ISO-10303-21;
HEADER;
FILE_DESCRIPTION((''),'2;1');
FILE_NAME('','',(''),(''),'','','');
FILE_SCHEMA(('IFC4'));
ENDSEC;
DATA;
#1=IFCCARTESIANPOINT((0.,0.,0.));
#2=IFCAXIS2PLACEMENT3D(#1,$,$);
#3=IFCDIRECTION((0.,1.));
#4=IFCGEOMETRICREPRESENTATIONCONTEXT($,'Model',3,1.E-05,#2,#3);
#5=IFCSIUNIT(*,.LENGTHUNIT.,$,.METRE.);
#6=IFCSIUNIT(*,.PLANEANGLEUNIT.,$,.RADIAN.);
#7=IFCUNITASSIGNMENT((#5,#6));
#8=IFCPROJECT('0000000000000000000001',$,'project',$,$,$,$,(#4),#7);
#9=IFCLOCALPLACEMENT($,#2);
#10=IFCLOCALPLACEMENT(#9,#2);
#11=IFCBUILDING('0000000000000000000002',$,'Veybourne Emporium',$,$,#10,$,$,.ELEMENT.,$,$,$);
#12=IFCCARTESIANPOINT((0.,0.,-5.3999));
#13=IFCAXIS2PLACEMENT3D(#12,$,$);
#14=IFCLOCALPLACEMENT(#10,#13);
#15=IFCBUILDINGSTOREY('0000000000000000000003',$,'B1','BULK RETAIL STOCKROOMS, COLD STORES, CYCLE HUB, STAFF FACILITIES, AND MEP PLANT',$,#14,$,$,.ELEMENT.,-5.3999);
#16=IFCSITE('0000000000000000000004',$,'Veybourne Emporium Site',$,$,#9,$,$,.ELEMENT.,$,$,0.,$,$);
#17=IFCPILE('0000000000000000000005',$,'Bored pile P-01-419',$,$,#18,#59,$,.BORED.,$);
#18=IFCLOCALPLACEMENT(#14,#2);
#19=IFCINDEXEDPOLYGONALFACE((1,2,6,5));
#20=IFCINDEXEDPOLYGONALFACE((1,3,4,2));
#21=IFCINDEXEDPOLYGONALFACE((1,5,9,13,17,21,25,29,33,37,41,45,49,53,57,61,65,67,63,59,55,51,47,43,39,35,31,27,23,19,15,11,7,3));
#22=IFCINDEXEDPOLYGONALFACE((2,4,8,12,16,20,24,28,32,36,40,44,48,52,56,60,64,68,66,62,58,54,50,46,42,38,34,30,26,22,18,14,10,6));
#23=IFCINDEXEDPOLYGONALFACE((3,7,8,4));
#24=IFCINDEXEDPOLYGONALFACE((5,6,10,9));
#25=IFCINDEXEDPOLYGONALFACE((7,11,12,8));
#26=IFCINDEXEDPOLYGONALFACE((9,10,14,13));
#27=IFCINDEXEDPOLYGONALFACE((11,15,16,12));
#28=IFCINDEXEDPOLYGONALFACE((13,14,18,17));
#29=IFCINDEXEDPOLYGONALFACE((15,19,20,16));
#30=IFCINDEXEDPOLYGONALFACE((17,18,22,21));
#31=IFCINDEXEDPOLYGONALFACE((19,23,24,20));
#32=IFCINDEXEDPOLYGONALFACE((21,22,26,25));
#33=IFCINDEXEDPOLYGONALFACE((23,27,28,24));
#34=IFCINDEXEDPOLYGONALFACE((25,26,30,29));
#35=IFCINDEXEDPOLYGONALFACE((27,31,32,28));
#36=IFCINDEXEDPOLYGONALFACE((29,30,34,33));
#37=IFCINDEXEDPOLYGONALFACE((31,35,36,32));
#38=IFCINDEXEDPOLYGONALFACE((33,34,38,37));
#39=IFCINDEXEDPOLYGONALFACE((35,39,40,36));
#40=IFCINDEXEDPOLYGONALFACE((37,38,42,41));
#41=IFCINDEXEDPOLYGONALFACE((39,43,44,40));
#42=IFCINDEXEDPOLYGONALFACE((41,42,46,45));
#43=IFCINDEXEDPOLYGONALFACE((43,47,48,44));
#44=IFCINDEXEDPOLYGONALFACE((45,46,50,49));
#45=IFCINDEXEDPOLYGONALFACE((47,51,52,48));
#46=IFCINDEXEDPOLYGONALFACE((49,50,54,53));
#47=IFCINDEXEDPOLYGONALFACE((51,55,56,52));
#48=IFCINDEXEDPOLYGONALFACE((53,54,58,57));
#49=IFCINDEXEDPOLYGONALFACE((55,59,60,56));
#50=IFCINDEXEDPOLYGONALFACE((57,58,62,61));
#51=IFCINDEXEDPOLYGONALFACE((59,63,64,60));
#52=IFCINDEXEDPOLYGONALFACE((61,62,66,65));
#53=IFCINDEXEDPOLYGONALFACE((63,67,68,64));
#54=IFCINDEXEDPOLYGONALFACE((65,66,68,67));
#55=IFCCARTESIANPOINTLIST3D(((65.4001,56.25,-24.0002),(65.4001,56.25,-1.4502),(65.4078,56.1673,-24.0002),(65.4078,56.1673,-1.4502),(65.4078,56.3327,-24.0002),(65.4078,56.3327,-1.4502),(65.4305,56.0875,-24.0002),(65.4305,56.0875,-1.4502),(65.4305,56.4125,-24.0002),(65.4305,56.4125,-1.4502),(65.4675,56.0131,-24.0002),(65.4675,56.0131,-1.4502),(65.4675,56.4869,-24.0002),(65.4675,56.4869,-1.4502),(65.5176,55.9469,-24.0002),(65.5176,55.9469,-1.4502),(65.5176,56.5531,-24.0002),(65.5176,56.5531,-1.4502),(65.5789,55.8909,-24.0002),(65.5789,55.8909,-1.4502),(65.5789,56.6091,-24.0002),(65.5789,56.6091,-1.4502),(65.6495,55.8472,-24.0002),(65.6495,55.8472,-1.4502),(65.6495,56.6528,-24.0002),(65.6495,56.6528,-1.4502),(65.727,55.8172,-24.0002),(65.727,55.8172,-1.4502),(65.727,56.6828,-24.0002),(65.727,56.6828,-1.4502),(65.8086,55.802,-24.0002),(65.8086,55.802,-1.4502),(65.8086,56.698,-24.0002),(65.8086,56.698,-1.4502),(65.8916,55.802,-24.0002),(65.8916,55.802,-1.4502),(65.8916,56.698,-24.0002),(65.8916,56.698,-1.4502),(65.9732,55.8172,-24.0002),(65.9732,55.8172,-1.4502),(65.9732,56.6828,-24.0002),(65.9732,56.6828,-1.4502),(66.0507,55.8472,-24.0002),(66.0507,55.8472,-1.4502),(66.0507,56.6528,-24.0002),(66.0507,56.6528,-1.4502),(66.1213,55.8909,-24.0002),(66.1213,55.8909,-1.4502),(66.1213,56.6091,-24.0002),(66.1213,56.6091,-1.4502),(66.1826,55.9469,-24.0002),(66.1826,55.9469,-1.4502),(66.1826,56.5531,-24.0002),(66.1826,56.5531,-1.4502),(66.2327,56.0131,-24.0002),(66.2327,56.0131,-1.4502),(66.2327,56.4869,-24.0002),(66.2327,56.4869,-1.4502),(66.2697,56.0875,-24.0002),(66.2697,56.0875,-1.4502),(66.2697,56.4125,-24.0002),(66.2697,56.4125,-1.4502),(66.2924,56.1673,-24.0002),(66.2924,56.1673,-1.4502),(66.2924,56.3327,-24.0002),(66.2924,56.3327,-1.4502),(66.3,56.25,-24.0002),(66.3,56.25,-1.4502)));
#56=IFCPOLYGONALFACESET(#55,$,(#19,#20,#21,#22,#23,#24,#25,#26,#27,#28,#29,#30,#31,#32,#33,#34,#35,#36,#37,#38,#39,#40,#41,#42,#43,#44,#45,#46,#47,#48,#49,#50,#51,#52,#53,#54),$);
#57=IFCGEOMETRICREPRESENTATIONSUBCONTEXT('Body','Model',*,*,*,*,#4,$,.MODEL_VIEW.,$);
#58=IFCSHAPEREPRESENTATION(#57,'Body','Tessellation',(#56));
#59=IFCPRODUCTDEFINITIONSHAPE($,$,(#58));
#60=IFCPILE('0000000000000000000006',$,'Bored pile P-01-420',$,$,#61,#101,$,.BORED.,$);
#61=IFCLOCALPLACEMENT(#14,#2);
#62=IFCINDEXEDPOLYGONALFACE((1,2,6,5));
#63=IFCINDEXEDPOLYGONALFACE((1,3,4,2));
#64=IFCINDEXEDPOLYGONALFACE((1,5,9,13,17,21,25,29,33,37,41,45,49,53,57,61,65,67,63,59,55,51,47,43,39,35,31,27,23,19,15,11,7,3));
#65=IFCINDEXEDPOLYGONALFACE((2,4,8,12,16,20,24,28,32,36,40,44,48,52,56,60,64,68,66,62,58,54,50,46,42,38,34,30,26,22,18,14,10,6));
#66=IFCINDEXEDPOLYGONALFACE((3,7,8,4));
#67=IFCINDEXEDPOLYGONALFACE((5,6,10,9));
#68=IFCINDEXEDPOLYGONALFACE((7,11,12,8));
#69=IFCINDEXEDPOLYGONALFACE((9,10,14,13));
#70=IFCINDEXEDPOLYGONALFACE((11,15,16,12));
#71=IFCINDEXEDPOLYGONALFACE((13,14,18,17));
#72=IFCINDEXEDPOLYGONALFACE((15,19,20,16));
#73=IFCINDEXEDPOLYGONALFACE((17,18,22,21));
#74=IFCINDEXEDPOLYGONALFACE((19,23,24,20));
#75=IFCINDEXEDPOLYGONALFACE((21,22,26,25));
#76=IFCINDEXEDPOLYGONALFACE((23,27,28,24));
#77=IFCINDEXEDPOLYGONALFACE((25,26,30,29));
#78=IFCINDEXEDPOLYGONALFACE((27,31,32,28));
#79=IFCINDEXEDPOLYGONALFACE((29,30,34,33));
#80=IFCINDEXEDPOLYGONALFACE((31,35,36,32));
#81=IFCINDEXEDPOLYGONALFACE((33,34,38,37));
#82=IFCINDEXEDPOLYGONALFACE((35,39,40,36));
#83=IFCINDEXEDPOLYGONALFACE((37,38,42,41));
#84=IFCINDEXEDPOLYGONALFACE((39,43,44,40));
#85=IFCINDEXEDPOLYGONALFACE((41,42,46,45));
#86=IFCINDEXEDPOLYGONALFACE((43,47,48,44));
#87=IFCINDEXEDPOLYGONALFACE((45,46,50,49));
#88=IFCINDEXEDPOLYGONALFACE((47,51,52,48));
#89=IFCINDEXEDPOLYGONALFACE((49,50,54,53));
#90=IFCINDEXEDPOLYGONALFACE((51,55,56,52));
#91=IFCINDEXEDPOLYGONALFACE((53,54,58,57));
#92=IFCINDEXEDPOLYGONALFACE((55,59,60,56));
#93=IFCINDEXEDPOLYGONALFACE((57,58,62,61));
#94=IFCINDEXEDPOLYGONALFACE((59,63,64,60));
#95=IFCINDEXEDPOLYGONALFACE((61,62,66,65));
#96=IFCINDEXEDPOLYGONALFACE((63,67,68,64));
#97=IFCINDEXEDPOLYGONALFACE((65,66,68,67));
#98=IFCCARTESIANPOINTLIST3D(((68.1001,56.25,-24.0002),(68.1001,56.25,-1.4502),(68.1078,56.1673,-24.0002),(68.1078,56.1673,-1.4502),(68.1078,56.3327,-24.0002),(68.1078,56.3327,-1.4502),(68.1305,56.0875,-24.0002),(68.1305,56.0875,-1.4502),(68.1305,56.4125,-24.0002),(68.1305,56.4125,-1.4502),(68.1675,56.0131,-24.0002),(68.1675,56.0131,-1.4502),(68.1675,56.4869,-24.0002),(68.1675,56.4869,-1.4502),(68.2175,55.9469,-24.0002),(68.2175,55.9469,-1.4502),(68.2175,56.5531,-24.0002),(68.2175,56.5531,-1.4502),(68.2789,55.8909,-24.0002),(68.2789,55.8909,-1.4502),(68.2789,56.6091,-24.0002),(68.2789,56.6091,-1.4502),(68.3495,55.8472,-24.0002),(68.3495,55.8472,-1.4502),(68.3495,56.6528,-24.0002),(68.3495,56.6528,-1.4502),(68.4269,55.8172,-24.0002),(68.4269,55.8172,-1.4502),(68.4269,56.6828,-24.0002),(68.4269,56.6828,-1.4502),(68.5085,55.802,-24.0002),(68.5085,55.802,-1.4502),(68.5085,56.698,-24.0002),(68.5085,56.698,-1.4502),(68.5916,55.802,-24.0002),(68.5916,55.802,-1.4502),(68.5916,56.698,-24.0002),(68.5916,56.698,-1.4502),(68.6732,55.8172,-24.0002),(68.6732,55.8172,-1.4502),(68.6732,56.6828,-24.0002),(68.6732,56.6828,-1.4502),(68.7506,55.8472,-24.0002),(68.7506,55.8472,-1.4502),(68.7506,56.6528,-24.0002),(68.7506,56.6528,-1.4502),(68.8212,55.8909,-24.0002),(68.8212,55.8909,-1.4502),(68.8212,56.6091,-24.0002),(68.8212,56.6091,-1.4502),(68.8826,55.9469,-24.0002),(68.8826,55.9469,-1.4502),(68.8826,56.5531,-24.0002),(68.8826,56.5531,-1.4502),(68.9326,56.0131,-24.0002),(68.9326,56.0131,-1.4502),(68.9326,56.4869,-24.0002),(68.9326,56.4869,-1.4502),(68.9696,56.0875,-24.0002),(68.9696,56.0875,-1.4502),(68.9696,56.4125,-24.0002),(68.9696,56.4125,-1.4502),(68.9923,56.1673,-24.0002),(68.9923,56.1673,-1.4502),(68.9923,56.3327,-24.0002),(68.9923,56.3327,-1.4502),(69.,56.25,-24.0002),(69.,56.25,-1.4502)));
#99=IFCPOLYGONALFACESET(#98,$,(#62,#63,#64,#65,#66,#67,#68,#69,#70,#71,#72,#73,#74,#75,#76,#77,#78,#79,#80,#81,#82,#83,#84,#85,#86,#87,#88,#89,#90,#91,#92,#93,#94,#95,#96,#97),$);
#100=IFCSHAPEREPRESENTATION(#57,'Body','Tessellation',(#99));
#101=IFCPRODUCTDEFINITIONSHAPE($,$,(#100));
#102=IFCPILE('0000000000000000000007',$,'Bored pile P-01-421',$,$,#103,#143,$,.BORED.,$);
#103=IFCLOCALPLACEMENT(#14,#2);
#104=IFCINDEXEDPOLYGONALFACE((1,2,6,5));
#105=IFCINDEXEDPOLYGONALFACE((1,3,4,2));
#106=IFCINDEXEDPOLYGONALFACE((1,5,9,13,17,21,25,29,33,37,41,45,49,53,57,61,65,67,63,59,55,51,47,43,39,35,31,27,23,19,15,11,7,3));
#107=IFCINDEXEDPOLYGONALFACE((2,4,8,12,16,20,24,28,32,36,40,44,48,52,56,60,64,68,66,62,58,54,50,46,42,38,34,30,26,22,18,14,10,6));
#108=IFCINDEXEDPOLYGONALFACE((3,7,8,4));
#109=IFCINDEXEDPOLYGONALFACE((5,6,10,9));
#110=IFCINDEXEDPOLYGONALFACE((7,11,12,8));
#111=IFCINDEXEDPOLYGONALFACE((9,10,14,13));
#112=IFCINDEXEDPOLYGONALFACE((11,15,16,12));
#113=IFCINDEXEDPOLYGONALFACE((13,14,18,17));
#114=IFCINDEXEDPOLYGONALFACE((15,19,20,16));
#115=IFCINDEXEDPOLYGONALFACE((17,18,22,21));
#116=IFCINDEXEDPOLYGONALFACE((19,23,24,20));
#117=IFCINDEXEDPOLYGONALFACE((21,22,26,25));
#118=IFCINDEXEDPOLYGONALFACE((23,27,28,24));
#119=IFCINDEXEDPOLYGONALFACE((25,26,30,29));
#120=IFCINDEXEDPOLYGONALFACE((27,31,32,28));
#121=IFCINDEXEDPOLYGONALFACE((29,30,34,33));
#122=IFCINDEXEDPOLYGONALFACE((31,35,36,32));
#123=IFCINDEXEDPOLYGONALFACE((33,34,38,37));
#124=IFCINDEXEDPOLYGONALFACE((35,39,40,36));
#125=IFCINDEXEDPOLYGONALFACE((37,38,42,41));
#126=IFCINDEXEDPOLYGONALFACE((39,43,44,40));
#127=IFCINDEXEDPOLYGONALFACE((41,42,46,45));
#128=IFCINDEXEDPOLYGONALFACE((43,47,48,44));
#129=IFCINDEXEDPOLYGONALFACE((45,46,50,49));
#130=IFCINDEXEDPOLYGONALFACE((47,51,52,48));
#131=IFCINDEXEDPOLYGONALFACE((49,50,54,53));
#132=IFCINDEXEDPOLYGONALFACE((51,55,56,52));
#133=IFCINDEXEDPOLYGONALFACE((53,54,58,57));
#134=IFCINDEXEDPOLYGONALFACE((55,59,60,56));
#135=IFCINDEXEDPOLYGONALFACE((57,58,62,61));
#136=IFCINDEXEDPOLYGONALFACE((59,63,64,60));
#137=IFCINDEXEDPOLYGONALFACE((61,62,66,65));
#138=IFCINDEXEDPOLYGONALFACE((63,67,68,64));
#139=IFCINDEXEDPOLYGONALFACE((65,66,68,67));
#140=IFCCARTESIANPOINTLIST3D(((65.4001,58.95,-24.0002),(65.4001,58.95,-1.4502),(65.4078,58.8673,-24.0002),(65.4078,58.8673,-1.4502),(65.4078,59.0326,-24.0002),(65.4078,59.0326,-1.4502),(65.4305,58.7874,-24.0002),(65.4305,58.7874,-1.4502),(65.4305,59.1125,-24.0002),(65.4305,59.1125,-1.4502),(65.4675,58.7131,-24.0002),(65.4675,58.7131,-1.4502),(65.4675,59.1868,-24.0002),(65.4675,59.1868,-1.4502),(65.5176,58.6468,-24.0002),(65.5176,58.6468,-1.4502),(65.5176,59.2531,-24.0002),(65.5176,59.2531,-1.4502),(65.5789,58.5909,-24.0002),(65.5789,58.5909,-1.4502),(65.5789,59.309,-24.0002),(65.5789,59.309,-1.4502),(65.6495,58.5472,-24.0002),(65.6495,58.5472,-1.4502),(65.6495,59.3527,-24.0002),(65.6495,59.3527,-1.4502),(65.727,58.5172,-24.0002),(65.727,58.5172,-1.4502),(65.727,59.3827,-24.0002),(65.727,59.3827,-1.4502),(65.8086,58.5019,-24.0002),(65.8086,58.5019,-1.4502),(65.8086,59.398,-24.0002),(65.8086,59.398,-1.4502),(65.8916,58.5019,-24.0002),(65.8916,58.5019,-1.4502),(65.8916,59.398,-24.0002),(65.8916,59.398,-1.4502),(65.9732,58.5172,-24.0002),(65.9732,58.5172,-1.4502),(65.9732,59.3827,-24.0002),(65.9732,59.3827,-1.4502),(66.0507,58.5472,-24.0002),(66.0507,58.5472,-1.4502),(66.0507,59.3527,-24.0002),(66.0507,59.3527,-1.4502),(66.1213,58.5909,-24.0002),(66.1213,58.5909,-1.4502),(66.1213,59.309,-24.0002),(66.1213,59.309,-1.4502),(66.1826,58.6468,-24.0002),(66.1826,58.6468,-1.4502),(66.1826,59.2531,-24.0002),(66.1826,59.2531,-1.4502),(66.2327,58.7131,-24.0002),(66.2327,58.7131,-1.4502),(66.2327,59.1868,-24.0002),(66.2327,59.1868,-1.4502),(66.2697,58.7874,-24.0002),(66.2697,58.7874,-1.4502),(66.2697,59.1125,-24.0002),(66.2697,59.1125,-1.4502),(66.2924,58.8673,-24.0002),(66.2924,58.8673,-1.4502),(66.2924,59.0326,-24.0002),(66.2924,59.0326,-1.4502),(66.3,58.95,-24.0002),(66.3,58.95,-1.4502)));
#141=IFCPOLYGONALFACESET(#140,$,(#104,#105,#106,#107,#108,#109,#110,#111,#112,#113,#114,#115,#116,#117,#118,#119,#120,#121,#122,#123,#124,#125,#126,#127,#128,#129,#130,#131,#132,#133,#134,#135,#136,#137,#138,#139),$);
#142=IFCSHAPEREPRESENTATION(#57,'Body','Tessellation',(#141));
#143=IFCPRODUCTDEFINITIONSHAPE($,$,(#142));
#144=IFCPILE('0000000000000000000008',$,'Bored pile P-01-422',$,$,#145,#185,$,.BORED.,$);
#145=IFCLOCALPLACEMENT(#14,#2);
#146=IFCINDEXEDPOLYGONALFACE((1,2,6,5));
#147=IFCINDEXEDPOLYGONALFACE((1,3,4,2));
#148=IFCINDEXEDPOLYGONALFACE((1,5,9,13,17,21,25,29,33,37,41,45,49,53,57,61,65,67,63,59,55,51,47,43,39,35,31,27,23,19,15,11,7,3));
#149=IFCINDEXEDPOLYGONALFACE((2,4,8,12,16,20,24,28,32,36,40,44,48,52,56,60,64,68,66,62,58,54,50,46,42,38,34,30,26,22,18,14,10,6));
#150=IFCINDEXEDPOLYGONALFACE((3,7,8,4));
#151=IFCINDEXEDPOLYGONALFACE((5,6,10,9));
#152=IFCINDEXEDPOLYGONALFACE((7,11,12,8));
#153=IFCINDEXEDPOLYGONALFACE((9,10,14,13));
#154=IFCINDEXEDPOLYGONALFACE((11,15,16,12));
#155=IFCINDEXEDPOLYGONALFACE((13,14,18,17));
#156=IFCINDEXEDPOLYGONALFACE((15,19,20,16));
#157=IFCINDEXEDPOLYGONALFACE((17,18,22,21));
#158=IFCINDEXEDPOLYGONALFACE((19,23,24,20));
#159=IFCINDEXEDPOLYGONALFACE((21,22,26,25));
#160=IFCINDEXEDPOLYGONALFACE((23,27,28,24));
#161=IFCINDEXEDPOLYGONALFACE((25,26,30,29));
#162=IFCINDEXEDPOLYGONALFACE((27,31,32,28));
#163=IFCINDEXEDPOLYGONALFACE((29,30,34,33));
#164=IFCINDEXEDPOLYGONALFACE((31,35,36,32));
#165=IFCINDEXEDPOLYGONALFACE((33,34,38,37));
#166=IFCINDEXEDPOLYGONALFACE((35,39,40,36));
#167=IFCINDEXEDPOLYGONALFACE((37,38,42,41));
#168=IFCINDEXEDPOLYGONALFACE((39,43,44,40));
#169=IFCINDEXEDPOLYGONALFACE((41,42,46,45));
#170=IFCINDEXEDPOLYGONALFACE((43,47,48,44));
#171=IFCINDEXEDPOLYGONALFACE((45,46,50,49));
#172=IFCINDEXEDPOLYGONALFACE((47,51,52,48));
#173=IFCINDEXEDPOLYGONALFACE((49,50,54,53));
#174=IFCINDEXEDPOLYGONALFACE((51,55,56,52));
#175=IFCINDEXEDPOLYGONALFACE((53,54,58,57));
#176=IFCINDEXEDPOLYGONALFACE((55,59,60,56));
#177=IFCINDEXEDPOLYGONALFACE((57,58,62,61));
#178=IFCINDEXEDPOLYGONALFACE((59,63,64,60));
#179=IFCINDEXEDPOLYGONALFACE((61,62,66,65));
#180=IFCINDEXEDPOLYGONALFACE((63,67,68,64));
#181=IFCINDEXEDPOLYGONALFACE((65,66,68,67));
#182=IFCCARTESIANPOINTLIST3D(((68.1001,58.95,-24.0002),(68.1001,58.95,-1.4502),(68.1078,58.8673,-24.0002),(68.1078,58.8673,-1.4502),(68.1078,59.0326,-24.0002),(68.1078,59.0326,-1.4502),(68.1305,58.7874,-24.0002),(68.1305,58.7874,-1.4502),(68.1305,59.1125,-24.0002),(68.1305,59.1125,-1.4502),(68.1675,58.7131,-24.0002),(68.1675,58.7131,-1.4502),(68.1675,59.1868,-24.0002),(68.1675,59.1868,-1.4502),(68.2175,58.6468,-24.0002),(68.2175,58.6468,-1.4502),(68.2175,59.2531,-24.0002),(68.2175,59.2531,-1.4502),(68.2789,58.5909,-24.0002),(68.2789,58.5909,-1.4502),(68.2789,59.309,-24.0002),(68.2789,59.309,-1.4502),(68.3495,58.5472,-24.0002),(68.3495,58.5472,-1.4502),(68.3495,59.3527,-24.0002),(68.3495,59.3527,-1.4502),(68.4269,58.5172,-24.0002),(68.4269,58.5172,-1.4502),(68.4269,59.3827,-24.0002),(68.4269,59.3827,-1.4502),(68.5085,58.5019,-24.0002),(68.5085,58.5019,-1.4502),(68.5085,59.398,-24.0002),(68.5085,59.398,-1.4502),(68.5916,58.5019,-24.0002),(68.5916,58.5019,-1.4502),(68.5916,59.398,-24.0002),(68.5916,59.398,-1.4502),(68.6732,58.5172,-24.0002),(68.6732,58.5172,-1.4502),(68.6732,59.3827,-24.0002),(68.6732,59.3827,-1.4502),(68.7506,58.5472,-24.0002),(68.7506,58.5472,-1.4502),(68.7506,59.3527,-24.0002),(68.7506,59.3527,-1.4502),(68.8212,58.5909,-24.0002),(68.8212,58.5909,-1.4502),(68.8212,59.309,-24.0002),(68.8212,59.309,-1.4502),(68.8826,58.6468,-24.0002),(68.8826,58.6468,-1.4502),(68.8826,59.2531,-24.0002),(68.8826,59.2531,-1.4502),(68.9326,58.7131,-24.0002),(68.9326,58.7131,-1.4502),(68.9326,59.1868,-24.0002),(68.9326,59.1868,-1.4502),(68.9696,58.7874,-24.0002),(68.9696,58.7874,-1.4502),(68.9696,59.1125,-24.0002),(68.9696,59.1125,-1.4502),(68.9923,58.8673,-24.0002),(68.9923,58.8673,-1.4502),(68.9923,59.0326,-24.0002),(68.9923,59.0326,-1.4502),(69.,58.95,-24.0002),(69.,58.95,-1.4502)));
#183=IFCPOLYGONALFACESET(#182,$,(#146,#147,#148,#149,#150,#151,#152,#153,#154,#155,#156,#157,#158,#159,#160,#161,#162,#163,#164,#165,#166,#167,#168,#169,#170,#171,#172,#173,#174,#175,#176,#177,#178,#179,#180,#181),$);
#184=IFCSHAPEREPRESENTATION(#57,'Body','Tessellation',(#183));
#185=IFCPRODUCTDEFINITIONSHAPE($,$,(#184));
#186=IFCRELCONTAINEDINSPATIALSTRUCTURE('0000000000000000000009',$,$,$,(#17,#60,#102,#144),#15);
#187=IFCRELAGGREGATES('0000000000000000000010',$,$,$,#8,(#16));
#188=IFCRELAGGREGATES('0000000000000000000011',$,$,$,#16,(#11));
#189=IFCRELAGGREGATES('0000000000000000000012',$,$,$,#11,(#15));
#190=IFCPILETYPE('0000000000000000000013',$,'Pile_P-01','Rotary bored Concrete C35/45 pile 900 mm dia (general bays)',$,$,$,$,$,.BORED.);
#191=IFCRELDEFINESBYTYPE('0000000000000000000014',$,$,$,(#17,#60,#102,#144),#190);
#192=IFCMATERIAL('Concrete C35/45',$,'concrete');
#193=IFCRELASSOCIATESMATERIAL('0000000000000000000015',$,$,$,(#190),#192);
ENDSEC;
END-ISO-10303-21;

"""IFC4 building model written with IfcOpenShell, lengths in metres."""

from ifc_helpers import new_model, si_unit, direction, frame, origin, origin_2d, place, context, subcontext, project, spatial, circle, extrude, material, material_profile, profile_set, type_object, element, save


model = new_model("IFC4")

# Units and contexts
model_context = context("Model", 3, precision=1e-05, world=origin(), true_north=direction((0.0, 1.0)))
body_context = subcontext(model_context, "Body", "Model", "MODEL_VIEW")
ifc_project = project(units=[si_unit("LENGTHUNIT", "METRE"), si_unit("PLANEANGLEUNIT", "RADIAN")], contexts=[model_context])

# Site, building, storey
site_placement = place(None, origin())
site = spatial("IfcSite", under=ifc_project, at=site_placement, Name="Veybourne Emporium Site", CompositionType="ELEMENT", RefElevation=0.0)
building_placement = place(site_placement, origin())
building = spatial("IfcBuilding", under=site, at=building_placement, Name="Veybourne Emporium", CompositionType="ELEMENT")
storey_placement = place(building_placement, frame((0.0, 0.0, -5.3999)))
storey = spatial("IfcBuildingStorey", under=building, at=storey_placement, Name="B1", Description="BULK RETAIL STOCKROOMS, COLD STORES, CYCLE HUB, STAFF FACILITIES, AND MEP PLANT", CompositionType="ELEMENT", Elevation=-5.3999)

# Shared definitions
ifc_material_1 = material(Name="Concrete C35/45", Category="concrete")

# Piles
ifc_material_profile_1 = material_profile(ifc_material_1, circle(Radius=0.45, at=origin_2d()), Name="BORED PILE 900")
ifc_profile_set_1 = profile_set([ifc_material_profile_1], Name="Concrete C35/45")
pile_type_1 = type_object("IfcPileType", Name="Pile_P-01", Description="Rotary bored Concrete C35/45 pile 900 mm dia (general bays)", PredefinedType="BORED", material=ifc_profile_set_1)
for number, where, z_axis, x_axis, name in (
    (1, (65.8501, 56.25, -1.4502), (0.0, 0.0, -1.0), (1.0, 0.0, 0.0), "Bored pile P-01-419"),
    (2, (68.55, 56.25, -1.4502), (0.0, 0.0, -1.0), (1.0, 0.0, 0.0), "Bored pile P-01-420"),
    (3, (65.8501, 58.95, -1.4502), (0.0, 0.0, -1.0), (1.0, 0.0, 0.0), "Bored pile P-01-421"),
    (4, (68.55, 58.95, -1.4502), (0.0, 0.0, -1.0), (1.0, 0.0, 0.0), "Bored pile P-01-422"),
):
    element("IfcPile", number, at=place(storey_placement, frame(where, z_axis=z_axis, x_axis=x_axis)), inside=storey, type_object=pile_type_1, Name=name, PredefinedType="BORED", context=body_context, shape_type="SweptSolid", body=[
        extrude(circle(Radius=0.45, at=origin_2d()), origin(), (0.0, 0.0, 1.0), 22.55),
    ])

save(model, "model.ifc")
